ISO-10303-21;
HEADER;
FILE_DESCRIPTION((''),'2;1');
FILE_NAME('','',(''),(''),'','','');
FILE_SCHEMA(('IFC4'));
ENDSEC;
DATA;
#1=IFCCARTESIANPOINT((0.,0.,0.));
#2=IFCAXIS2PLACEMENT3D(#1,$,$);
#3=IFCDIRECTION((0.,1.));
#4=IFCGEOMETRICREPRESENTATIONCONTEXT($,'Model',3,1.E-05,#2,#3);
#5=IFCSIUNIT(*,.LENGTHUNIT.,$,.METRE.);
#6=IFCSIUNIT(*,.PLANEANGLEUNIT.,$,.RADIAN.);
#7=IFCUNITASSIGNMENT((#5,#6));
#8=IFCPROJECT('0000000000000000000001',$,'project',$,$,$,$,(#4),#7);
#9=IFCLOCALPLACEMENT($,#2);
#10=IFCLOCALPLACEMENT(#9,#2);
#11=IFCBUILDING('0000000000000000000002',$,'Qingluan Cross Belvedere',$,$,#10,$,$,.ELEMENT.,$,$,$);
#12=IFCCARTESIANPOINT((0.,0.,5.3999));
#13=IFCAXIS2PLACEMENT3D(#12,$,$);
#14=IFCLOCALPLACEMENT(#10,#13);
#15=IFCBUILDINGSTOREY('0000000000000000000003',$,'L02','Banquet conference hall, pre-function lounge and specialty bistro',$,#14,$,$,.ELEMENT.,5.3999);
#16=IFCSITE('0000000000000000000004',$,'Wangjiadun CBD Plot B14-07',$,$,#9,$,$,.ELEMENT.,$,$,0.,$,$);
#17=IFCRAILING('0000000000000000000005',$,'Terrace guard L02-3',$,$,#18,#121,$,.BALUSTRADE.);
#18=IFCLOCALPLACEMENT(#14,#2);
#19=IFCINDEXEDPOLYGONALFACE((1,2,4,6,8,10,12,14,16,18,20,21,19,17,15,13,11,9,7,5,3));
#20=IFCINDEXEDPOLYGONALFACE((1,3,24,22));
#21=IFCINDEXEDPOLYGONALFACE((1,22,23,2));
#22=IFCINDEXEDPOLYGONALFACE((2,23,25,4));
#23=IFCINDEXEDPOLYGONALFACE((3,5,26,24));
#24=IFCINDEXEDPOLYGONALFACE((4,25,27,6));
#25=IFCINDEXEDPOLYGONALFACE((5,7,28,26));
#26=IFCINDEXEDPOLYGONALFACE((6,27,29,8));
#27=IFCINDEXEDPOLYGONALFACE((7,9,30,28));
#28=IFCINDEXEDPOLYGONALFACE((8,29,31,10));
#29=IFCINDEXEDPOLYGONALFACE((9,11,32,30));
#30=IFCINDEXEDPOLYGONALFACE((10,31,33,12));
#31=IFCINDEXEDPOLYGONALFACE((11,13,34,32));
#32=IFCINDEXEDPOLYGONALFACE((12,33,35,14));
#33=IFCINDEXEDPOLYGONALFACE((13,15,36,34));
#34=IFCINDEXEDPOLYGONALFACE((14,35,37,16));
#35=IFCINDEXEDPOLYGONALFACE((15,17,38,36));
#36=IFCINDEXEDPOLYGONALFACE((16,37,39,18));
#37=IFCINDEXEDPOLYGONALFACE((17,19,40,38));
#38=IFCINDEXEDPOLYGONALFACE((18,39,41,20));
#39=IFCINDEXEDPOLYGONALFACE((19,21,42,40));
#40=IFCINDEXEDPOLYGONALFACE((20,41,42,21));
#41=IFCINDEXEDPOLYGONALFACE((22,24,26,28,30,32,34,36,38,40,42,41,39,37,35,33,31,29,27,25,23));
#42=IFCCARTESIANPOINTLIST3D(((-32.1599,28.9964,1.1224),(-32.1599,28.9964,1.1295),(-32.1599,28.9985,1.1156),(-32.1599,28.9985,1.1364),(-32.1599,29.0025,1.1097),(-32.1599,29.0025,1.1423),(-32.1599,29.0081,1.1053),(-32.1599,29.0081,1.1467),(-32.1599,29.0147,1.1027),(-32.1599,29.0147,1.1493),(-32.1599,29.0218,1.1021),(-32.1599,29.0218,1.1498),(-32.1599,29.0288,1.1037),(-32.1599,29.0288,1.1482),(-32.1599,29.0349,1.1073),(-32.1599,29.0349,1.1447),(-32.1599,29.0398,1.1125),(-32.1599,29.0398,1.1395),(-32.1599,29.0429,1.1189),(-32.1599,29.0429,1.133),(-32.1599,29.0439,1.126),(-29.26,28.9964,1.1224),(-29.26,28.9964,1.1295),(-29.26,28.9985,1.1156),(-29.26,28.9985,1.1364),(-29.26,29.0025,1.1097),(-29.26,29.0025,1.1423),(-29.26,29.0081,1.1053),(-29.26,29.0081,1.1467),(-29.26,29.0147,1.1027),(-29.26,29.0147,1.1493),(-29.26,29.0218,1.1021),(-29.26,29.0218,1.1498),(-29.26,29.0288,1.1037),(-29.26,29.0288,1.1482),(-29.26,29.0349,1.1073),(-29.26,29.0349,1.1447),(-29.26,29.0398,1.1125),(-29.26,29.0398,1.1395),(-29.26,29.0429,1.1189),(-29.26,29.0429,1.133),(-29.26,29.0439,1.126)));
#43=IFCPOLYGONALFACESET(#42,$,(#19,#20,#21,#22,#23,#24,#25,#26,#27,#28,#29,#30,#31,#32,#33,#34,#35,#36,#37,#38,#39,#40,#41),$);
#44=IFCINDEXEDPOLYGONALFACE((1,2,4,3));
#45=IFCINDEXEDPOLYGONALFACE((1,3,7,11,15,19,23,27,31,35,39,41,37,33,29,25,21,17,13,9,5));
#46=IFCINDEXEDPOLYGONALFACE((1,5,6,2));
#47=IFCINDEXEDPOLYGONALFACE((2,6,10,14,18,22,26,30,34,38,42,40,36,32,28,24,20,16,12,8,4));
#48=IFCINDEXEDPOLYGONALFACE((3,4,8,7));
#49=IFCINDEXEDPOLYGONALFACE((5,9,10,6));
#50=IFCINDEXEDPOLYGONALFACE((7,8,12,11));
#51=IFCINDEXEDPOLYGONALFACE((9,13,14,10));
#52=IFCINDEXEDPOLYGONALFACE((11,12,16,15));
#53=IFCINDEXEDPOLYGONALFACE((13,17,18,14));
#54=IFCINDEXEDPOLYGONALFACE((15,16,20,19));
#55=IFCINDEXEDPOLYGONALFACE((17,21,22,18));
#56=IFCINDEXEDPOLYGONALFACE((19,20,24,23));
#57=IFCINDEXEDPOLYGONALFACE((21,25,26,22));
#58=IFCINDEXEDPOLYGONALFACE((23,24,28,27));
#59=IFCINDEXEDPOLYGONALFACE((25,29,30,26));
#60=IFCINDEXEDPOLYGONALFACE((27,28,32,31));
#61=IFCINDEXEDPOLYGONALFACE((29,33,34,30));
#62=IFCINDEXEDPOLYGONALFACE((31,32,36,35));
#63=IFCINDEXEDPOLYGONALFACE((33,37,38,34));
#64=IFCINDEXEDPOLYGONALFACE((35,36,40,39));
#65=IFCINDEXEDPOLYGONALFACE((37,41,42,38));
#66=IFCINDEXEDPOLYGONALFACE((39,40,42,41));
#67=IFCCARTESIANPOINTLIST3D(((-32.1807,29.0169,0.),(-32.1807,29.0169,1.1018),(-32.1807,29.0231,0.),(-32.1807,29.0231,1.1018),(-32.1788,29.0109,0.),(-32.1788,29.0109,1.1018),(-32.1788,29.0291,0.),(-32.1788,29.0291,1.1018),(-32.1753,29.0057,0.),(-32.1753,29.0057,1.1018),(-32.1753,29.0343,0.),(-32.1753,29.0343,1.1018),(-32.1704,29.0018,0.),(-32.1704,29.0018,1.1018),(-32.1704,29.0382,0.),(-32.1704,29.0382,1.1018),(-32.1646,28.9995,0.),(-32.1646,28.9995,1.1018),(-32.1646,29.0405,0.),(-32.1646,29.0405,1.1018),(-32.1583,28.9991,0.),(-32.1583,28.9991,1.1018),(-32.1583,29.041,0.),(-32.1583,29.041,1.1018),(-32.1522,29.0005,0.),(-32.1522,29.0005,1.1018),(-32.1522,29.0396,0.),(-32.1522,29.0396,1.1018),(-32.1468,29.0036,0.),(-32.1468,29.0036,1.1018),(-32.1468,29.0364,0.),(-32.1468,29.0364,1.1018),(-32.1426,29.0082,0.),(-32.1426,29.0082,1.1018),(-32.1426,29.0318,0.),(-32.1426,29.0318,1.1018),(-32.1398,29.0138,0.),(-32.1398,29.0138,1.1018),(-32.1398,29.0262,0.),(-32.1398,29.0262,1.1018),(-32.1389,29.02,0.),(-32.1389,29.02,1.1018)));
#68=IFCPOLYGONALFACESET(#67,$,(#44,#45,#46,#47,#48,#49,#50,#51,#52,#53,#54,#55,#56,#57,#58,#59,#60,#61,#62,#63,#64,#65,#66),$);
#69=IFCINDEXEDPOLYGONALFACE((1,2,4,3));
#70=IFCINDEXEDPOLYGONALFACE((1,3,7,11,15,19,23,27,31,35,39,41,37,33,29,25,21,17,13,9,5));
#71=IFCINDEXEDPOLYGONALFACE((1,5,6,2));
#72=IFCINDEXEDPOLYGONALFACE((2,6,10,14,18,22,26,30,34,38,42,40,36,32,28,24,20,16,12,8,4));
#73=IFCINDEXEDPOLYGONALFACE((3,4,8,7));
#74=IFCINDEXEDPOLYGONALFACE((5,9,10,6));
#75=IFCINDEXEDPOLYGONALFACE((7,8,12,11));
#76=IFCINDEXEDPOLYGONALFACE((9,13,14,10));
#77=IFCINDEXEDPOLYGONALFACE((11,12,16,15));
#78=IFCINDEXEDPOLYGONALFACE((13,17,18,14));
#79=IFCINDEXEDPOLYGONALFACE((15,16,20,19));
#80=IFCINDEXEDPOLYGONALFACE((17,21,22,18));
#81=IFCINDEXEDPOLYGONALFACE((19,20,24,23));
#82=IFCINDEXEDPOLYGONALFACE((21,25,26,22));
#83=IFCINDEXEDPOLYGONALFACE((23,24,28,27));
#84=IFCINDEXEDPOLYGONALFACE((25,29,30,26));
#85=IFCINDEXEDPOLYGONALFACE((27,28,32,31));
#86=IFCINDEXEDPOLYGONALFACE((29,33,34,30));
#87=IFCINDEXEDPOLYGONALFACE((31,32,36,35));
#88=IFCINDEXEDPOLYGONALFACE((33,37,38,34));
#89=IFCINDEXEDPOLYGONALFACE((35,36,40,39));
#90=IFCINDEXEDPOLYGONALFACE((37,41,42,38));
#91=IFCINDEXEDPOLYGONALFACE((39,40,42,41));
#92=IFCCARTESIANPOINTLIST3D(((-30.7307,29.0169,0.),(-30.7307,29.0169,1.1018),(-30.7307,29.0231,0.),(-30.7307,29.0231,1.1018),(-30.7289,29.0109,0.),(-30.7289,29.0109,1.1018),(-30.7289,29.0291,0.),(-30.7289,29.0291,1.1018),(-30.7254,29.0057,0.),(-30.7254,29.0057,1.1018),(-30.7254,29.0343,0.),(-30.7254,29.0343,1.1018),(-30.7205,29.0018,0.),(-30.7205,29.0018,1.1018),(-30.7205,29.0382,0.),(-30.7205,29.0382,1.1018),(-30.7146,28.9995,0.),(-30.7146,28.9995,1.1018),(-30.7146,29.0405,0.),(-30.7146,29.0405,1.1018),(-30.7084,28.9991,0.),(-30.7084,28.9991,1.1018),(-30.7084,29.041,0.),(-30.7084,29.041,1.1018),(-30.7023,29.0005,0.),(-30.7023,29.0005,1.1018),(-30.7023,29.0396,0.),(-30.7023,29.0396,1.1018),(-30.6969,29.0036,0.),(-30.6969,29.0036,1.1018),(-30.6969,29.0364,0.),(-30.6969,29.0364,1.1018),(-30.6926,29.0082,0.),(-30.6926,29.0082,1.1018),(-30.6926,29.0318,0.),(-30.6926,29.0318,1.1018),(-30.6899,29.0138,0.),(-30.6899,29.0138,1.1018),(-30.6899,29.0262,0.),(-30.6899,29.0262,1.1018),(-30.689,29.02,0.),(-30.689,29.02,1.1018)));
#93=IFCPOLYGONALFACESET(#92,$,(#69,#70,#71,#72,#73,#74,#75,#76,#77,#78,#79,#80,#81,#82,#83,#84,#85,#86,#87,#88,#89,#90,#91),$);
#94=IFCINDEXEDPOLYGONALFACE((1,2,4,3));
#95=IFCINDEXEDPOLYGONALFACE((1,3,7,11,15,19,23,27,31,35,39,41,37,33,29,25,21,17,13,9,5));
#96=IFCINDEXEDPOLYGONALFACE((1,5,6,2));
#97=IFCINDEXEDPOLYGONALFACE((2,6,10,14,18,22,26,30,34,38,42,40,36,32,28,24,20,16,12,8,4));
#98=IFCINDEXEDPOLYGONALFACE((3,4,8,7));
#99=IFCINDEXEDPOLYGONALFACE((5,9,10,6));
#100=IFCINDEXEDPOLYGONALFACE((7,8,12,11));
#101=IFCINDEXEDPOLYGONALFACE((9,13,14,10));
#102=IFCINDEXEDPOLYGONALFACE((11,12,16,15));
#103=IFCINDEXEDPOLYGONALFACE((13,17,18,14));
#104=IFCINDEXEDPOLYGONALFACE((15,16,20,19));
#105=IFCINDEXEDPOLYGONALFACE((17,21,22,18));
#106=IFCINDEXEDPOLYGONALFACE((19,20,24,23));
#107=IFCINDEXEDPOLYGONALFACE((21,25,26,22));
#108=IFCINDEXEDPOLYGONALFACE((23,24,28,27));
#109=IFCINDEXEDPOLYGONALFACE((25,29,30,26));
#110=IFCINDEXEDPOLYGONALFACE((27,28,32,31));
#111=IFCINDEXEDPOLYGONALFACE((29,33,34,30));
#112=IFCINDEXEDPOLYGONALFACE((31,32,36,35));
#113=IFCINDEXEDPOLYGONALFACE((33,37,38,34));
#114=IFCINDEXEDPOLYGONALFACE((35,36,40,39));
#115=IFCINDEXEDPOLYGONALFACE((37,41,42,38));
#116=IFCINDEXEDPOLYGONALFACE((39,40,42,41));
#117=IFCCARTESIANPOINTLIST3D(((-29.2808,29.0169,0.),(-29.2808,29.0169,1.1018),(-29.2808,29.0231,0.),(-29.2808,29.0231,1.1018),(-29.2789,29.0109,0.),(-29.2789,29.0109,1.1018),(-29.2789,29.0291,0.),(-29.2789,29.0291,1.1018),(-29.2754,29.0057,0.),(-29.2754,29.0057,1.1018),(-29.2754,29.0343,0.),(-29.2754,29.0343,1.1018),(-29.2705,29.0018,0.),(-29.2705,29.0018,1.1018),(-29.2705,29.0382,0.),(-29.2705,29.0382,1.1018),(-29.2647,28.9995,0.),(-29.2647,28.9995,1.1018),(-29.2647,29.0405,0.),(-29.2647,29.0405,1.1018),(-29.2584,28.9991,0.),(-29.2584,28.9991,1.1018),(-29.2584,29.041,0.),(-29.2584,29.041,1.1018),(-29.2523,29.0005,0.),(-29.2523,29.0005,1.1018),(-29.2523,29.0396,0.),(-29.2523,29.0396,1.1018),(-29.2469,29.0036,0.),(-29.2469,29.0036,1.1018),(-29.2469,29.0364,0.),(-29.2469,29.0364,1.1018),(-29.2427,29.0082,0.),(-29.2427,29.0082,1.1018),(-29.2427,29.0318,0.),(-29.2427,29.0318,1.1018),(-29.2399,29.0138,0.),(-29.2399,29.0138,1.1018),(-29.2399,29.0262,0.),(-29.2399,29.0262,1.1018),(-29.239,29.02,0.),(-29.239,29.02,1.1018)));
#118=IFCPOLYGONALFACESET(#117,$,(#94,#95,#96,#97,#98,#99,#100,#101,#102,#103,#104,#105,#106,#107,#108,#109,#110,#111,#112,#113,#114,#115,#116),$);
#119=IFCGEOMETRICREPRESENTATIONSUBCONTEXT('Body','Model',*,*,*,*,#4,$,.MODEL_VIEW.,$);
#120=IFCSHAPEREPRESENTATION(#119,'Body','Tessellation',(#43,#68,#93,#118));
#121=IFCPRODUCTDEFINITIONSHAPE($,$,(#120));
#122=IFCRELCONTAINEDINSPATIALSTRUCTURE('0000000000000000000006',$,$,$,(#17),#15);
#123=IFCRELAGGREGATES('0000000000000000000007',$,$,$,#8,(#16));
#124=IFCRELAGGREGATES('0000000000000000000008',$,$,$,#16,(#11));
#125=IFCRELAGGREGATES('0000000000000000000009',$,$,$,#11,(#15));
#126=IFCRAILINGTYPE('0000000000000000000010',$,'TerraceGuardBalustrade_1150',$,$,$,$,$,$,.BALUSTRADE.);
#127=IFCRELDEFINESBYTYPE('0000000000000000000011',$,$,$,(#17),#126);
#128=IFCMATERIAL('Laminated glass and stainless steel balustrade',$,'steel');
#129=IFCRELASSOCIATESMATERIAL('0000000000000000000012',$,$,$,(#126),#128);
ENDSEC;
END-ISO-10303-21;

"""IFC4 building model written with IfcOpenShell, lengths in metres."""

from ifc_helpers import new_model, si_unit, direction, frame, origin, origin_2d, place, context, subcontext, project, spatial, circle, extrude, material, type_object, element, save


model = new_model("IFC4")

# Units and contexts
model_context = context("Model", 3, precision=1e-05, world=origin(), true_north=direction((0.0, 1.0)))
body_context = subcontext(model_context, "Body", "Model", "MODEL_VIEW")
ifc_project = project(units=[si_unit("LENGTHUNIT", "METRE"), si_unit("PLANEANGLEUNIT", "RADIAN")], contexts=[model_context])

# Site, building, storey
site_placement = place(None, origin())
site = spatial("IfcSite", under=ifc_project, at=site_placement, Name="Wangjiadun CBD Plot B14-07", CompositionType="ELEMENT", RefElevation=0.0)
building_placement = place(site_placement, origin())
building = spatial("IfcBuilding", under=site, at=building_placement, Name="Qingluan Cross Belvedere", CompositionType="ELEMENT")
storey_placement = place(building_placement, frame((0.0, 0.0, 5.3999)))
storey = spatial("IfcBuildingStorey", under=building, at=storey_placement, Name="L02", Description="Banquet conference hall, pre-function lounge and specialty bistro", CompositionType="ELEMENT", Elevation=5.3999)

# Railing
ifc_material_1 = material(Name="Laminated glass and stainless steel balustrade", Category="steel")
railing_type = type_object("IfcRailingType", Name="TerraceGuardBalustrade_1150", PredefinedType="BALUSTRADE", material=ifc_material_1)
railing_1_placement = place(storey_placement, frame((-32.1599, 29.02, 0.0)))
element("IfcRailing", 1, at=railing_1_placement, inside=storey, type_object=railing_type, Name="Terrace guard L02-3", PredefinedType="BALUSTRADE", context=body_context, shape_type="SweptSolid", body=[
    extrude(circle(Radius=0.0239, at=origin_2d()), frame((0.0, 0.0, 1.126), z_axis=(1.0, 0.0, 0.0), x_axis=(0.0, 1.0, 0.0)), (0.0, 0.0, 1.0), 2.8999),
    extrude(circle(Radius=0.021, at=origin_2d()), origin(), (0.0, 0.0, 1.0), 1.1018),
    extrude(circle(Radius=0.021, at=origin_2d()), frame((1.45, 0.0, 0.0)), (0.0, 0.0, 1.0), 1.1018),
    extrude(circle(Radius=0.021, at=origin_2d()), frame((2.8999, 0.0, 0.0)), (0.0, 0.0, 1.0), 1.1018),
])

save(model, "model.ifc")
